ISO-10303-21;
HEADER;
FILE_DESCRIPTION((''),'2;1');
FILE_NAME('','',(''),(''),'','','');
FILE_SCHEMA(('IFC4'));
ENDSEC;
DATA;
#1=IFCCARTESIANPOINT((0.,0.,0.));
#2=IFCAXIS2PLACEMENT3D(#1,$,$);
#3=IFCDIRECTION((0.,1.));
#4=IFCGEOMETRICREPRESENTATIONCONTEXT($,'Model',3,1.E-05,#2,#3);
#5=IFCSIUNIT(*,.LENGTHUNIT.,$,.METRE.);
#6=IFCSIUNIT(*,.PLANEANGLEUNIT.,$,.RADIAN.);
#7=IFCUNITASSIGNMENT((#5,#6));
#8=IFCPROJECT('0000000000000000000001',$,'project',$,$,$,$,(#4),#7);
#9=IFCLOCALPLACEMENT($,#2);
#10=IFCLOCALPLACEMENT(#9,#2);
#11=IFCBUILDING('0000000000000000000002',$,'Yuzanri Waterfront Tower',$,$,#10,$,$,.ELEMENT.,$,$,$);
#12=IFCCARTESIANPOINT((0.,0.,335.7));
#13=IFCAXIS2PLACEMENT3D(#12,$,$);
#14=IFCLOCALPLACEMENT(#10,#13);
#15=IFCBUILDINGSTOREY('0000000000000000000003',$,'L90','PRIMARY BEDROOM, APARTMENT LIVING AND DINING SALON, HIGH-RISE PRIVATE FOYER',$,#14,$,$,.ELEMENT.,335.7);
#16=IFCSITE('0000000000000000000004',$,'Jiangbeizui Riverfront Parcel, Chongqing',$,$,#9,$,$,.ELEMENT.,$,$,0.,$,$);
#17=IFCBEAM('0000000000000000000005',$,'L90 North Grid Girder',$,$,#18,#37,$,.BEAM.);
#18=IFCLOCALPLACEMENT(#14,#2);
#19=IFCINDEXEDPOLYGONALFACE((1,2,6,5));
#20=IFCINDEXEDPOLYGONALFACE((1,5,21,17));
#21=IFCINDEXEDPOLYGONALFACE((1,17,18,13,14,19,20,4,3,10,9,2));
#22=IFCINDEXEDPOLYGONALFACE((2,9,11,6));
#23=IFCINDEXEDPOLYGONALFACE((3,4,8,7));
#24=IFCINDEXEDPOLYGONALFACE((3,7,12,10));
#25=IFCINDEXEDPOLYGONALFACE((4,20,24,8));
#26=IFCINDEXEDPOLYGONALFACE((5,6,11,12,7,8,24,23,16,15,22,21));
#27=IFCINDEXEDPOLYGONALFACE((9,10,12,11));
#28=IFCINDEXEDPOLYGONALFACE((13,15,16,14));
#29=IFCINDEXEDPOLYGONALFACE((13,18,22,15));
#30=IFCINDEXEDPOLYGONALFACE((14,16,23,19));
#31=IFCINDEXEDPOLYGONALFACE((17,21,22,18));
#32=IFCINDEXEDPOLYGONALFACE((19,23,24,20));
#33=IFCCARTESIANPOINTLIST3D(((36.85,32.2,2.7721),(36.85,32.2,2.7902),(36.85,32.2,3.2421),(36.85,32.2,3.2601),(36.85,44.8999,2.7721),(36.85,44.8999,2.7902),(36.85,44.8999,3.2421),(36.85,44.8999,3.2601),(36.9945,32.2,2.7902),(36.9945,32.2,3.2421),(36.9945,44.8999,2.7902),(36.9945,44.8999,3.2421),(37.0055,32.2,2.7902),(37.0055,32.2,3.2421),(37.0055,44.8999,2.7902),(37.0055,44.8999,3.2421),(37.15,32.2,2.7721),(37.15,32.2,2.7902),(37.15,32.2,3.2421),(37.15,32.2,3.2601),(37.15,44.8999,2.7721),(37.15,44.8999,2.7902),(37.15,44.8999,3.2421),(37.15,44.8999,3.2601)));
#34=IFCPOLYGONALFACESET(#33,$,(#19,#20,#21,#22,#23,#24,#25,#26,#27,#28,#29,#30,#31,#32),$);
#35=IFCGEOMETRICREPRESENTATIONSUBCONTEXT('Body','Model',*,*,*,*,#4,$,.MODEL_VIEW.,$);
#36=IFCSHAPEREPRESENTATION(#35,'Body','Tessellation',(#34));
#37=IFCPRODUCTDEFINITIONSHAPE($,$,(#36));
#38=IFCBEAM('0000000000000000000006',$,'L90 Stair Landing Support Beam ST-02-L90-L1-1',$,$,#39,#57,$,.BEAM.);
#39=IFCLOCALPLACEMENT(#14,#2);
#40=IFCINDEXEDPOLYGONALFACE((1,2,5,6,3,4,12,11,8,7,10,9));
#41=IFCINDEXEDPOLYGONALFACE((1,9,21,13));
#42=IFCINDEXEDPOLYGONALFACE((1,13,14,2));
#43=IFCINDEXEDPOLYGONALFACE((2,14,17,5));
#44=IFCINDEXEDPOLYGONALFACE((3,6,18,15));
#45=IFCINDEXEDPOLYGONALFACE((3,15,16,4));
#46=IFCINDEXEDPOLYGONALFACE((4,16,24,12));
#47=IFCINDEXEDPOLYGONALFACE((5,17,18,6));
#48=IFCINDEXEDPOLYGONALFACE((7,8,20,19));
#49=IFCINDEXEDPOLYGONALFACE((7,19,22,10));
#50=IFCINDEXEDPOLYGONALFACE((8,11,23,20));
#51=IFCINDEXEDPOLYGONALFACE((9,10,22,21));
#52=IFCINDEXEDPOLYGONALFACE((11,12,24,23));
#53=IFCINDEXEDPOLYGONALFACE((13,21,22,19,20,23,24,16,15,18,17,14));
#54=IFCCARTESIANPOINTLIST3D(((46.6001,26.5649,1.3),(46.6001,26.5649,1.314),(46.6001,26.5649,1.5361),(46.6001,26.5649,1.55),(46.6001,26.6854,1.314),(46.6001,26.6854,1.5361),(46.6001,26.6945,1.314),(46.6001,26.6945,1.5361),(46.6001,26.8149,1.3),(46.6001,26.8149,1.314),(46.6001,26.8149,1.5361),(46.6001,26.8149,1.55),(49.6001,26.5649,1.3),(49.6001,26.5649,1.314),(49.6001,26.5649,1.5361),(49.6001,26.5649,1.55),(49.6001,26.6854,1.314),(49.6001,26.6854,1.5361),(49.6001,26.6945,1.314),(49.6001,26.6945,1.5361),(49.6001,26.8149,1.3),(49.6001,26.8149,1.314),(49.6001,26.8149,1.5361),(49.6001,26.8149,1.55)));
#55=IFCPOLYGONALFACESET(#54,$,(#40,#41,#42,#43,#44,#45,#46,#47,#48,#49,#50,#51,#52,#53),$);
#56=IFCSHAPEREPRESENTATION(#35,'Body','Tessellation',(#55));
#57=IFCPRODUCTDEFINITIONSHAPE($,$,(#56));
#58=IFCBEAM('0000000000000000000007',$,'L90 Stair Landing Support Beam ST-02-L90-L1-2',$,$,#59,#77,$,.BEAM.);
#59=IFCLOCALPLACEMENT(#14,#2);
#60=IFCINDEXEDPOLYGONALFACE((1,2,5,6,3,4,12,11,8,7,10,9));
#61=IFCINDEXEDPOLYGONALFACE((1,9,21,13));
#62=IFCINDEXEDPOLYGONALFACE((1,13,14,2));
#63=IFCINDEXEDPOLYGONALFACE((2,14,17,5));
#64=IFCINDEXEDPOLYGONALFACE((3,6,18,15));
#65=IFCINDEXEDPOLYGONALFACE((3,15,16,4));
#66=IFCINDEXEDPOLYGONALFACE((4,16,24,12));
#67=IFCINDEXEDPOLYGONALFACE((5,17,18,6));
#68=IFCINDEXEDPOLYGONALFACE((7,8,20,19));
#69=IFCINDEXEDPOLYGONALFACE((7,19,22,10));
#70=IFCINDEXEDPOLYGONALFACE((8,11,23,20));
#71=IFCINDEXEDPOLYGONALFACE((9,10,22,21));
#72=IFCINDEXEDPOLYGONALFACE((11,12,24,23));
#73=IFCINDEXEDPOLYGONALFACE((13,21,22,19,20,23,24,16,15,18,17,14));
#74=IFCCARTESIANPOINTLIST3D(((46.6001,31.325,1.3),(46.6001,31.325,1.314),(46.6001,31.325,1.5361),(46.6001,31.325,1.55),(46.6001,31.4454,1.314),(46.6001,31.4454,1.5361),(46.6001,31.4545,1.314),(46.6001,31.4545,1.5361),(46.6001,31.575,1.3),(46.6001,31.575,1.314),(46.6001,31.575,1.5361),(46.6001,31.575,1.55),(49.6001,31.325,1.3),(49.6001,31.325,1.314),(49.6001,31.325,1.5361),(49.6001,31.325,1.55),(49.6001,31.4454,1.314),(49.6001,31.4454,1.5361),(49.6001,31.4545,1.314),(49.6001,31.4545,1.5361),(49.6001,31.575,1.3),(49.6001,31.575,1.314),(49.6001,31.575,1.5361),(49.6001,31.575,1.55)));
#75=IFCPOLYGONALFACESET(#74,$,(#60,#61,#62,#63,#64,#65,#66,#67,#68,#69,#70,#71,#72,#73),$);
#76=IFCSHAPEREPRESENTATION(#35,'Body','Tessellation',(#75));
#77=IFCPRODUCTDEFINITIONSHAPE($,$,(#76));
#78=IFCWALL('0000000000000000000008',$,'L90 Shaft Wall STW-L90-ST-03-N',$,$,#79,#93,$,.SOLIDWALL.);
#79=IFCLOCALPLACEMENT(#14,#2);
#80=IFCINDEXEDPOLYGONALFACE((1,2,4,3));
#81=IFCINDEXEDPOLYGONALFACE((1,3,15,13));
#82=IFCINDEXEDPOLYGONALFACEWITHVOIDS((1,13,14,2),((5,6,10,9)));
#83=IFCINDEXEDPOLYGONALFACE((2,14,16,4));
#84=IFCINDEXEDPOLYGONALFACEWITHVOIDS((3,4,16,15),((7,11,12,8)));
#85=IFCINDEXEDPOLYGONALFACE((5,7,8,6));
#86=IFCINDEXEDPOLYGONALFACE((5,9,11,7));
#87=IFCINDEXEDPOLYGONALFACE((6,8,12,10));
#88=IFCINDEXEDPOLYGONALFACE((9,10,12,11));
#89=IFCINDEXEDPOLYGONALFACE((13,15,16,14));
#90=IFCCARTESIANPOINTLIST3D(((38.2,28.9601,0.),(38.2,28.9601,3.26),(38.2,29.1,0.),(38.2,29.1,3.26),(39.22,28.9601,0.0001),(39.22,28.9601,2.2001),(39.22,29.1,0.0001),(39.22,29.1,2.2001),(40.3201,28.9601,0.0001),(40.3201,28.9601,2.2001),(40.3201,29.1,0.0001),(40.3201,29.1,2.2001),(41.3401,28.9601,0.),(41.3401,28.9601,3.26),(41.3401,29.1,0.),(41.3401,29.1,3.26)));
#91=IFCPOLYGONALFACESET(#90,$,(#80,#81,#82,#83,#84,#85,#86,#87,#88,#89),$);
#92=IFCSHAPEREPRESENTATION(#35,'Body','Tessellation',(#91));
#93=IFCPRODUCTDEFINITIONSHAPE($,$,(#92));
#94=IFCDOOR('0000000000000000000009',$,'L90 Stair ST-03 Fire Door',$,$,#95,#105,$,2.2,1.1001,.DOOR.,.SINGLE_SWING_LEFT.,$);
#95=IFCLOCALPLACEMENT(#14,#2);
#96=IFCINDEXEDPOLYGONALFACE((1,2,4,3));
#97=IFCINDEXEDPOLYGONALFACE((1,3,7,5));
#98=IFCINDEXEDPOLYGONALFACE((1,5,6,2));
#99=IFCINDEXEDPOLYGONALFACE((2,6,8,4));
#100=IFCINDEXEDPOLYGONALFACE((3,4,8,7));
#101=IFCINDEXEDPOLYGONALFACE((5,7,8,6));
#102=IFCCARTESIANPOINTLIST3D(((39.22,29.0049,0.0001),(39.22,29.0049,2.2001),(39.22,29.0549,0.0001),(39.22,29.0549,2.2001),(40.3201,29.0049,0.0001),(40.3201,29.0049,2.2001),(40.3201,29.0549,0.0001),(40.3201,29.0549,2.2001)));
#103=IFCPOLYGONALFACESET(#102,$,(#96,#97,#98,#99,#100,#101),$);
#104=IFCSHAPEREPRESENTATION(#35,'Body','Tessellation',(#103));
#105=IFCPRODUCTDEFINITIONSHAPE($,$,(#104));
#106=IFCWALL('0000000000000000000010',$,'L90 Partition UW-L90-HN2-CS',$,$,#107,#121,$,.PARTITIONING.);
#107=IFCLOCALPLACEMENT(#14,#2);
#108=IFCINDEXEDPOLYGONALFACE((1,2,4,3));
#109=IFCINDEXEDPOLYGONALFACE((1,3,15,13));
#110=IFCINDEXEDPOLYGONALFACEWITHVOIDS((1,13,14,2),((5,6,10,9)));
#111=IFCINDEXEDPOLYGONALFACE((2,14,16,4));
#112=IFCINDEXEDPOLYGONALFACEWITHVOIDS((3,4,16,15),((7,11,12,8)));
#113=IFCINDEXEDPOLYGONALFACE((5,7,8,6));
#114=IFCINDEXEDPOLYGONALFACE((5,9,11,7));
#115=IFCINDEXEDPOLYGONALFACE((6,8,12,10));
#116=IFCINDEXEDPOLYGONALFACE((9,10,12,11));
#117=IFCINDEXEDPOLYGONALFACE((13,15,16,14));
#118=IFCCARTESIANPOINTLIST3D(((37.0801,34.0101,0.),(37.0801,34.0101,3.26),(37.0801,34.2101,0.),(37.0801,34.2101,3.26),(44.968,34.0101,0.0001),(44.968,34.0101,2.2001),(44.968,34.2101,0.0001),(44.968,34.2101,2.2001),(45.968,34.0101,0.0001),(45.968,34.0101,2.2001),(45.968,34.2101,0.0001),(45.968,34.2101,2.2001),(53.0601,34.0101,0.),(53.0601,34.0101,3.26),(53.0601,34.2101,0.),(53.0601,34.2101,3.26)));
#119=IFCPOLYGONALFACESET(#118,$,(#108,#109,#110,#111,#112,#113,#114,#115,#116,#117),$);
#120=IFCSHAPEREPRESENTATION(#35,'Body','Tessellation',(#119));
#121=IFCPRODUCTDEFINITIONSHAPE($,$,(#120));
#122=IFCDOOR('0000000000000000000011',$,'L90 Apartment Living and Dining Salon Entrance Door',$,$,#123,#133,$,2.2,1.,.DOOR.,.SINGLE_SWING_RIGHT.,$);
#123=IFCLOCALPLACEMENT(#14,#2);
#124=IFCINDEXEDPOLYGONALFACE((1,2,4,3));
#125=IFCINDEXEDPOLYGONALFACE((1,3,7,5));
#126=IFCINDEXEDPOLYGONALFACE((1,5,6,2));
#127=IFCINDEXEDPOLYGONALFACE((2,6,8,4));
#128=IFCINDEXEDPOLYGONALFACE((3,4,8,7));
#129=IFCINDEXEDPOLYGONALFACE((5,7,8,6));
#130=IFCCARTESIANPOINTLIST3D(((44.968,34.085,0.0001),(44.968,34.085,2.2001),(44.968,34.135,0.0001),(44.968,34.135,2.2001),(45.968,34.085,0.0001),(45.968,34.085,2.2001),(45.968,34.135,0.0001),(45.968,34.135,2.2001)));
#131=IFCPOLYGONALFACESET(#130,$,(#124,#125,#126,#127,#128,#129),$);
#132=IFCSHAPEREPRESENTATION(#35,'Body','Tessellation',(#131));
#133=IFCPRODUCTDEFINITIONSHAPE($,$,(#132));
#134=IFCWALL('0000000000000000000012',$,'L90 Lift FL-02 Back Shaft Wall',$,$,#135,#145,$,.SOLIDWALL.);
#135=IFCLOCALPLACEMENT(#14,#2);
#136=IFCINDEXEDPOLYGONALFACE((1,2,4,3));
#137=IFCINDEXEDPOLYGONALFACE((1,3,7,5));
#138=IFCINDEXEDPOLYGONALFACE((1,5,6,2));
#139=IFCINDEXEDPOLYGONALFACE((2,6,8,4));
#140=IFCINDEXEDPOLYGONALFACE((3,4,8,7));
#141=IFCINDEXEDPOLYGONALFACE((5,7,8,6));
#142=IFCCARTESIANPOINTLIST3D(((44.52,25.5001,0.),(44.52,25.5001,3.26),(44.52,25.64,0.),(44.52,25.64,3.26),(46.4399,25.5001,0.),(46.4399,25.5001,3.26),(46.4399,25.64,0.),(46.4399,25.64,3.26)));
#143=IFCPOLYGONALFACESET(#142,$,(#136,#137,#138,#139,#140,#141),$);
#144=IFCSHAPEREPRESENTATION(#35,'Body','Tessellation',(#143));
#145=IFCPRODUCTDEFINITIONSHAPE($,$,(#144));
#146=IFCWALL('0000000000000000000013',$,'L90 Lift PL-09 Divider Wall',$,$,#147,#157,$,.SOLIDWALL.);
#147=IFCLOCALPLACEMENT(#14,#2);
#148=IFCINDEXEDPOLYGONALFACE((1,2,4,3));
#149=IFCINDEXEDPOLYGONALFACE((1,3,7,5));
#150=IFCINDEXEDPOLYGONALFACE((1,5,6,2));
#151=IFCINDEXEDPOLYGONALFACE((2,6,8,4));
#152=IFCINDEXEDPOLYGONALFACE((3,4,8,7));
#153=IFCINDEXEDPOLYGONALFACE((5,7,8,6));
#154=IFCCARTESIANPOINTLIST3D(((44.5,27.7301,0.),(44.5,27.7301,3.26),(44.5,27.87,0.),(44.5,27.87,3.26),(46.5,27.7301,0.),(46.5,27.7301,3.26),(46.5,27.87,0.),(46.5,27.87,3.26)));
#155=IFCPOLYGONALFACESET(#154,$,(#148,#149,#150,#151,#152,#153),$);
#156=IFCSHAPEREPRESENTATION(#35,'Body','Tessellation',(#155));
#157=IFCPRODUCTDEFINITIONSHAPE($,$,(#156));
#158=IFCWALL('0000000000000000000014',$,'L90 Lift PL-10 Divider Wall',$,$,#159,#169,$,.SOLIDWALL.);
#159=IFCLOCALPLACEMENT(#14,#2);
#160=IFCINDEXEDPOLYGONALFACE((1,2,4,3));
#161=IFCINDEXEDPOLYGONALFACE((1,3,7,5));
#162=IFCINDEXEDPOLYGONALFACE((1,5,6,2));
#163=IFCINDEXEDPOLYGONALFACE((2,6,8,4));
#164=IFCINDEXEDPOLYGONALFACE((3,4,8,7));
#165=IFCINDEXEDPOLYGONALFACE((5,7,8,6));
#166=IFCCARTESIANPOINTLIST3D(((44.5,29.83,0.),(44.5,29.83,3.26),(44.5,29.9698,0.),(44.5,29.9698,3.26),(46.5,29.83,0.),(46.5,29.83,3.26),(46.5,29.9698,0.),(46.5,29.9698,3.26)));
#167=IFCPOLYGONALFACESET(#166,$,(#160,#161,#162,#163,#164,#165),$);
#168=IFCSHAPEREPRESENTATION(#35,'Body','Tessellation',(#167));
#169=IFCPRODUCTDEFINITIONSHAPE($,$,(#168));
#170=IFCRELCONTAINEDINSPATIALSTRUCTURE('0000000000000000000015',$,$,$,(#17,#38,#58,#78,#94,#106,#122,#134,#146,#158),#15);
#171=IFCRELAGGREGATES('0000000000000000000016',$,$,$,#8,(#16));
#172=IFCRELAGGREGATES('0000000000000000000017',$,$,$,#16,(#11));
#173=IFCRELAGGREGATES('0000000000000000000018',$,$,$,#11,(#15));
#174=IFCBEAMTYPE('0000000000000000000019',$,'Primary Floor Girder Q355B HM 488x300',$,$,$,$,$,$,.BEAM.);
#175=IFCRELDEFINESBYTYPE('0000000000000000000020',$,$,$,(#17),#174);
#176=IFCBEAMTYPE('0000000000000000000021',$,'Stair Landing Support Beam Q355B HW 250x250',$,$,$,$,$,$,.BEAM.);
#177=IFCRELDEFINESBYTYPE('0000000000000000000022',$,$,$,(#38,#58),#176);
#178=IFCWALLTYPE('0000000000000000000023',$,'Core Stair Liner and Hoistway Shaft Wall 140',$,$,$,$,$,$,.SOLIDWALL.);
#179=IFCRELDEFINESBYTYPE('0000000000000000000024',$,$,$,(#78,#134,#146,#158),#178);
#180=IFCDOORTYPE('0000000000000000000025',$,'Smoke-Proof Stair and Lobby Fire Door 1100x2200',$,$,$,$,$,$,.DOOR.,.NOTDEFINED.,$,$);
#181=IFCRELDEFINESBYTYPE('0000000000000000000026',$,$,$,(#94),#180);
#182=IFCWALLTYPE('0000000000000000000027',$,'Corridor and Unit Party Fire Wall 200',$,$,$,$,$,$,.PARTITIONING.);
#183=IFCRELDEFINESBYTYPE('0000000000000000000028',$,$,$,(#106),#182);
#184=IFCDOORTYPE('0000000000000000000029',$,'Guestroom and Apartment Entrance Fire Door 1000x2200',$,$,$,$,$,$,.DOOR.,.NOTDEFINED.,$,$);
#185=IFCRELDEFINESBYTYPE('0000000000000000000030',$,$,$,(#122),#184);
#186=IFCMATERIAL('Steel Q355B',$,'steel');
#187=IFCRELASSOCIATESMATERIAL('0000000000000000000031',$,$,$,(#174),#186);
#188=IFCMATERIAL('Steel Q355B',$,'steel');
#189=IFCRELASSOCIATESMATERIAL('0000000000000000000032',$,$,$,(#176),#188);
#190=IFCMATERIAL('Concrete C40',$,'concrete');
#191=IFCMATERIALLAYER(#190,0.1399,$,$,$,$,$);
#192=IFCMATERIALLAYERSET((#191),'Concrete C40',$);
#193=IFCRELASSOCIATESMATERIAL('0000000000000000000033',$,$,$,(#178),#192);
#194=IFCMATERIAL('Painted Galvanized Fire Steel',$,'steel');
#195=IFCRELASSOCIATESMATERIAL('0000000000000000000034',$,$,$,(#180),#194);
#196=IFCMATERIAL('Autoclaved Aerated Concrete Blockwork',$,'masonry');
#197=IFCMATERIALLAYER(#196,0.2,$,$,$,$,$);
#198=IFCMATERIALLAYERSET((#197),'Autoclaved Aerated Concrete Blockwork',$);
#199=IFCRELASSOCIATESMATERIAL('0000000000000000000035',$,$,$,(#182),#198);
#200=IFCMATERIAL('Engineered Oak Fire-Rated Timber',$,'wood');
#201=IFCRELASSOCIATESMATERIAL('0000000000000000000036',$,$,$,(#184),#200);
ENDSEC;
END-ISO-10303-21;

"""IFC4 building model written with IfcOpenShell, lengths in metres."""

from ifc_helpers import new_model, si_unit, direction, frame, frame_2d, origin, origin_2d, place, context, subcontext, project, spatial, rectangle, i_section, extrude, source, transform, mapped, material, layer, layer_set, material_profile, profile_set, type_object, element, fill, save


model = new_model("IFC4")

# Units and contexts
model_context = context("Model", 3, precision=1e-05, world=origin(), true_north=direction((0.0, 1.0)))
body_context = subcontext(model_context, "Body", "Model", "MODEL_VIEW")
ifc_project = project(units=[si_unit("LENGTHUNIT", "METRE"), si_unit("PLANEANGLEUNIT", "RADIAN")], contexts=[model_context])

# Site, building, storey
site_placement = place(None, origin())
site = spatial("IfcSite", under=ifc_project, at=site_placement, Name="Jiangbeizui Riverfront Parcel, Chongqing", CompositionType="ELEMENT", RefElevation=0.0)
building_placement = place(site_placement, origin())
building = spatial("IfcBuilding", under=site, at=building_placement, Name="Yuzanri Waterfront Tower", CompositionType="ELEMENT")
storey_placement = place(building_placement, frame((0.0, 0.0, 335.7)))
storey = spatial("IfcBuildingStorey", under=building, at=storey_placement, Name="L90", Description="PRIMARY BEDROOM, APARTMENT LIVING AND DINING SALON, HIGH-RISE PRIVATE FOYER", CompositionType="ELEMENT", Elevation=335.7)

# Beams
ifc_material_1 = material(Name="Steel Q355B", Category="steel")
ifc_material_profile_1 = material_profile(ifc_material_1, i_section(OverallWidth=0.3, OverallDepth=0.488, WebThickness=0.011, FlangeThickness=0.0181, at=origin_2d()), Name="HM 488x300x11x18")
ifc_profile_set_1 = profile_set([ifc_material_profile_1], Name="Steel Q355B")
beam_type_1 = type_object("IfcBeamType", Name="Primary Floor Girder Q355B HM 488x300", PredefinedType="BEAM", material=ifc_profile_set_1)
shared_shape_1 = source(origin(), body_context, "Body", "SweptSolid", [
    extrude(i_section(OverallWidth=0.3, OverallDepth=0.488, WebThickness=0.011, FlangeThickness=0.0181, at=origin_2d()), origin(), (0.0, 0.0, 1.0), 12.7),
])
beam_placement = place(storey_placement, frame((37.0, 32.2, 3.0161), z_axis=(0.0, 1.0, 0.0), x_axis=(-1.0, 0.0, 0.0)))
element("IfcBeam", 1, at=beam_placement, inside=storey, type_object=beam_type_1, Name="L90 North Grid Girder", PredefinedType="BEAM", context=body_context, shape_type="MappedRepresentation", body=[
    mapped(shared_shape_1, transform((0.0, 0.0, 0.0), scale=1.0)),
])
ifc_material_2 = material(Name="Steel Q355B", Category="steel")
ifc_material_profile_2 = material_profile(ifc_material_2, i_section(OverallWidth=0.25, OverallDepth=0.25, WebThickness=0.009, FlangeThickness=0.0139, at=origin_2d()), Name="HW 250x250x9x14")
ifc_profile_set_2 = profile_set([ifc_material_profile_2], Name="Steel Q355B")
beam_type_2 = type_object("IfcBeamType", Name="Stair Landing Support Beam Q355B HW 250x250", PredefinedType="BEAM", material=ifc_profile_set_2)
shared_shape_2 = source(origin(), body_context, "Body", "SweptSolid", [
    extrude(i_section(OverallWidth=0.25, OverallDepth=0.25, WebThickness=0.009, FlangeThickness=0.0139, at=origin_2d()), origin(), (0.0, 0.0, 1.0), 3.0),
])
for number, where, z_axis, x_axis, name in (
    (2, (46.6001, 26.6899, 1.425), (1.0, 0.0, 0.0), (0.0, 1.0, 0.0), "L90 Stair Landing Support Beam ST-02-L90-L1-1"),
    (3, (46.6001, 31.45, 1.425), (1.0, 0.0, 0.0), (0.0, 1.0, 0.0), "L90 Stair Landing Support Beam ST-02-L90-L1-2"),
):
    element("IfcBeam", number, at=place(storey_placement, frame(where, z_axis=z_axis, x_axis=x_axis)), inside=storey, type_object=beam_type_2, Name=name, PredefinedType="BEAM", context=body_context, shape_type="MappedRepresentation", body=[
        mapped(shared_shape_2, transform((0.0, 0.0, 0.0), scale=1.0)),
    ])

# Walls, openings, doors
ifc_material_3 = material(Name="Concrete C40", Category="concrete")
ifc_layer_1 = layer(ifc_material_3, 0.1399)
ifc_layer_set_1 = layer_set([ifc_layer_1], Name="Concrete C40")
wall_type_1 = type_object("IfcWallType", Name="Core Stair Liner and Hoistway Shaft Wall 140", PredefinedType="SOLIDWALL", material=ifc_layer_set_1)
wall_1_placement = place(storey_placement, frame((38.2, 29.03, 0.0), z_axis=(0.0, 0.0, 1.0), x_axis=(1.0, 0.0, 0.0)))
wall_1 = element("IfcWall", 4, at=wall_1_placement, inside=storey, type_object=wall_type_1, Name="L90 Shaft Wall STW-L90-ST-03-N", PredefinedType="SOLIDWALL", context=body_context, shape_type="SweptSolid", body=[
    extrude(rectangle(XDim=3.1401, YDim=0.1399, at=frame_2d((1.5701, 0.0))), origin(), (0.0, 0.0, 1.0), 3.26),
])
opening_1_placement = place(wall_1_placement, frame((1.02, 0.0, 0.0)))
opening_1 = element("IfcOpeningElement", 5, at=opening_1_placement, cuts=wall_1, PredefinedType="OPENING", context=body_context, shape_type="SweptSolid", body=[
    extrude(rectangle(XDim=1.1001, YDim=2.2, at=frame_2d((0.55, 1.1001))), frame((0.0, 0.085, 0.0), z_axis=(0.0, -1.0, 0.0), x_axis=(1.0, 0.0, 0.0)), (0.0, 0.0, 1.0), 0.1697),
])
ifc_material_4 = material(Name="Painted Galvanized Fire Steel", Category="steel")
door_type_1 = type_object("IfcDoorType", Name="Smoke-Proof Stair and Lobby Fire Door 1100x2200", OperationType="NOTDEFINED", PredefinedType="DOOR", material=ifc_material_4)
shared_shape_3 = source(origin(), body_context, "Body", "SweptSolid", [
    extrude(rectangle(XDim=1.1001, YDim=2.2, at=frame_2d((0.55, 1.1001))), frame((0.0, 0.0249, 0.0), z_axis=(0.0, -1.0, 0.0), x_axis=(1.0, 0.0, 0.0)), (0.0, 0.0, 1.0), 0.05),
])
door_1_placement = place(opening_1_placement, origin())
door_1 = element("IfcDoor", 6, at=door_1_placement, inside=storey, type_object=door_type_1, Name="L90 Stair ST-03 Fire Door", OperationType="SINGLE_SWING_LEFT", OverallHeight=2.2, OverallWidth=1.1001, PredefinedType="DOOR", context=body_context, shape_type="MappedRepresentation", body=[
    mapped(shared_shape_3, transform((0.0, 0.0, 0.0), scale=1.0)),
])
fill(opening_1, door_1)
ifc_material_5 = material(Name="Autoclaved Aerated Concrete Blockwork", Category="masonry")
ifc_layer_2 = layer(ifc_material_5, 0.2)
ifc_layer_set_2 = layer_set([ifc_layer_2], Name="Autoclaved Aerated Concrete Blockwork")
wall_type_2 = type_object("IfcWallType", Name="Corridor and Unit Party Fire Wall 200", PredefinedType="PARTITIONING", material=ifc_layer_set_2)
wall_2_placement = place(storey_placement, frame((37.0801, 34.1101, 0.0), z_axis=(0.0, 0.0, 1.0), x_axis=(1.0, 0.0, 0.0)))
wall_2 = element("IfcWall", 7, at=wall_2_placement, inside=storey, type_object=wall_type_2, Name="L90 Partition UW-L90-HN2-CS", PredefinedType="PARTITIONING", context=body_context, shape_type="SweptSolid", body=[
    extrude(rectangle(XDim=15.98, YDim=0.2, at=frame_2d((7.99, 0.0))), origin(), (0.0, 0.0, 1.0), 3.26),
])
opening_2_placement = place(wall_2_placement, frame((7.8879, 0.0, 0.0)))
opening_2 = element("IfcOpeningElement", 8, at=opening_2_placement, cuts=wall_2, PredefinedType="OPENING", context=body_context, shape_type="SweptSolid", body=[
    extrude(rectangle(XDim=1.0, YDim=2.2, at=frame_2d((0.5, 1.1001))), frame((0.0, 0.1147, 0.0), z_axis=(0.0, -1.0, 0.0), x_axis=(1.0, 0.0, 0.0)), (0.0, 0.0, 1.0), 0.2297),
])
ifc_material_6 = material(Name="Engineered Oak Fire-Rated Timber", Category="wood")
door_type_2 = type_object("IfcDoorType", Name="Guestroom and Apartment Entrance Fire Door 1000x2200", OperationType="NOTDEFINED", PredefinedType="DOOR", material=ifc_material_6)
shared_shape_4 = source(origin(), body_context, "Body", "SweptSolid", [
    extrude(rectangle(XDim=1.0, YDim=2.2, at=frame_2d((0.5, 1.1001))), frame((0.0, 0.0249, 0.0), z_axis=(0.0, -1.0, 0.0), x_axis=(1.0, 0.0, 0.0)), (0.0, 0.0, 1.0), 0.05),
])
door_2_placement = place(opening_2_placement, origin())
door_2 = element("IfcDoor", 9, at=door_2_placement, inside=storey, type_object=door_type_2, Name="L90 Apartment Living and Dining Salon Entrance Door", OperationType="SINGLE_SWING_RIGHT", OverallHeight=2.2, OverallWidth=1.0, PredefinedType="DOOR", context=body_context, shape_type="MappedRepresentation", body=[
    mapped(shared_shape_4, transform((0.0, 0.0, 0.0), scale=1.0)),
])
fill(opening_2, door_2)

# Walls
shared_shape_5 = source(origin(), body_context, "Body", "SweptSolid", [
    extrude(rectangle(XDim=1.9199, YDim=0.1399, at=frame_2d((0.96, 0.0))), origin(), (0.0, 0.0, 1.0), 3.26),
])
wall_3_placement = place(storey_placement, frame((44.52, 25.5701, 0.0), z_axis=(0.0, 0.0, 1.0), x_axis=(1.0, 0.0, 0.0)))
element("IfcWall", 10, at=wall_3_placement, inside=storey, type_object=wall_type_1, Name="L90 Lift FL-02 Back Shaft Wall", PredefinedType="SOLIDWALL", context=body_context, shape_type="MappedRepresentation", body=[
    mapped(shared_shape_5, transform((0.0, 0.0, 0.0), scale=1.0)),
])
shared_shape_6 = source(origin(), body_context, "Body", "SweptSolid", [
    extrude(rectangle(XDim=2.0, YDim=0.1399, at=frame_2d((1.0, 0.0))), origin(), (0.0, 0.0, 1.0), 3.26),
])
for number, where, z_axis, x_axis, name in (
    (11, (44.5, 27.8, 0.0), (0.0, 0.0, 1.0), (1.0, 0.0, 0.0), "L90 Lift PL-09 Divider Wall"),
    (12, (44.5, 29.8999, 0.0), (0.0, 0.0, 1.0), (1.0, 0.0, 0.0), "L90 Lift PL-10 Divider Wall"),
):
    element("IfcWall", number, at=place(storey_placement, frame(where, z_axis=z_axis, x_axis=x_axis)), inside=storey, type_object=wall_type_1, Name=name, PredefinedType="SOLIDWALL", context=body_context, shape_type="MappedRepresentation", body=[
        mapped(shared_shape_6, transform((0.0, 0.0, 0.0), scale=1.0)),
    ])

save(model, "model.ifc")
